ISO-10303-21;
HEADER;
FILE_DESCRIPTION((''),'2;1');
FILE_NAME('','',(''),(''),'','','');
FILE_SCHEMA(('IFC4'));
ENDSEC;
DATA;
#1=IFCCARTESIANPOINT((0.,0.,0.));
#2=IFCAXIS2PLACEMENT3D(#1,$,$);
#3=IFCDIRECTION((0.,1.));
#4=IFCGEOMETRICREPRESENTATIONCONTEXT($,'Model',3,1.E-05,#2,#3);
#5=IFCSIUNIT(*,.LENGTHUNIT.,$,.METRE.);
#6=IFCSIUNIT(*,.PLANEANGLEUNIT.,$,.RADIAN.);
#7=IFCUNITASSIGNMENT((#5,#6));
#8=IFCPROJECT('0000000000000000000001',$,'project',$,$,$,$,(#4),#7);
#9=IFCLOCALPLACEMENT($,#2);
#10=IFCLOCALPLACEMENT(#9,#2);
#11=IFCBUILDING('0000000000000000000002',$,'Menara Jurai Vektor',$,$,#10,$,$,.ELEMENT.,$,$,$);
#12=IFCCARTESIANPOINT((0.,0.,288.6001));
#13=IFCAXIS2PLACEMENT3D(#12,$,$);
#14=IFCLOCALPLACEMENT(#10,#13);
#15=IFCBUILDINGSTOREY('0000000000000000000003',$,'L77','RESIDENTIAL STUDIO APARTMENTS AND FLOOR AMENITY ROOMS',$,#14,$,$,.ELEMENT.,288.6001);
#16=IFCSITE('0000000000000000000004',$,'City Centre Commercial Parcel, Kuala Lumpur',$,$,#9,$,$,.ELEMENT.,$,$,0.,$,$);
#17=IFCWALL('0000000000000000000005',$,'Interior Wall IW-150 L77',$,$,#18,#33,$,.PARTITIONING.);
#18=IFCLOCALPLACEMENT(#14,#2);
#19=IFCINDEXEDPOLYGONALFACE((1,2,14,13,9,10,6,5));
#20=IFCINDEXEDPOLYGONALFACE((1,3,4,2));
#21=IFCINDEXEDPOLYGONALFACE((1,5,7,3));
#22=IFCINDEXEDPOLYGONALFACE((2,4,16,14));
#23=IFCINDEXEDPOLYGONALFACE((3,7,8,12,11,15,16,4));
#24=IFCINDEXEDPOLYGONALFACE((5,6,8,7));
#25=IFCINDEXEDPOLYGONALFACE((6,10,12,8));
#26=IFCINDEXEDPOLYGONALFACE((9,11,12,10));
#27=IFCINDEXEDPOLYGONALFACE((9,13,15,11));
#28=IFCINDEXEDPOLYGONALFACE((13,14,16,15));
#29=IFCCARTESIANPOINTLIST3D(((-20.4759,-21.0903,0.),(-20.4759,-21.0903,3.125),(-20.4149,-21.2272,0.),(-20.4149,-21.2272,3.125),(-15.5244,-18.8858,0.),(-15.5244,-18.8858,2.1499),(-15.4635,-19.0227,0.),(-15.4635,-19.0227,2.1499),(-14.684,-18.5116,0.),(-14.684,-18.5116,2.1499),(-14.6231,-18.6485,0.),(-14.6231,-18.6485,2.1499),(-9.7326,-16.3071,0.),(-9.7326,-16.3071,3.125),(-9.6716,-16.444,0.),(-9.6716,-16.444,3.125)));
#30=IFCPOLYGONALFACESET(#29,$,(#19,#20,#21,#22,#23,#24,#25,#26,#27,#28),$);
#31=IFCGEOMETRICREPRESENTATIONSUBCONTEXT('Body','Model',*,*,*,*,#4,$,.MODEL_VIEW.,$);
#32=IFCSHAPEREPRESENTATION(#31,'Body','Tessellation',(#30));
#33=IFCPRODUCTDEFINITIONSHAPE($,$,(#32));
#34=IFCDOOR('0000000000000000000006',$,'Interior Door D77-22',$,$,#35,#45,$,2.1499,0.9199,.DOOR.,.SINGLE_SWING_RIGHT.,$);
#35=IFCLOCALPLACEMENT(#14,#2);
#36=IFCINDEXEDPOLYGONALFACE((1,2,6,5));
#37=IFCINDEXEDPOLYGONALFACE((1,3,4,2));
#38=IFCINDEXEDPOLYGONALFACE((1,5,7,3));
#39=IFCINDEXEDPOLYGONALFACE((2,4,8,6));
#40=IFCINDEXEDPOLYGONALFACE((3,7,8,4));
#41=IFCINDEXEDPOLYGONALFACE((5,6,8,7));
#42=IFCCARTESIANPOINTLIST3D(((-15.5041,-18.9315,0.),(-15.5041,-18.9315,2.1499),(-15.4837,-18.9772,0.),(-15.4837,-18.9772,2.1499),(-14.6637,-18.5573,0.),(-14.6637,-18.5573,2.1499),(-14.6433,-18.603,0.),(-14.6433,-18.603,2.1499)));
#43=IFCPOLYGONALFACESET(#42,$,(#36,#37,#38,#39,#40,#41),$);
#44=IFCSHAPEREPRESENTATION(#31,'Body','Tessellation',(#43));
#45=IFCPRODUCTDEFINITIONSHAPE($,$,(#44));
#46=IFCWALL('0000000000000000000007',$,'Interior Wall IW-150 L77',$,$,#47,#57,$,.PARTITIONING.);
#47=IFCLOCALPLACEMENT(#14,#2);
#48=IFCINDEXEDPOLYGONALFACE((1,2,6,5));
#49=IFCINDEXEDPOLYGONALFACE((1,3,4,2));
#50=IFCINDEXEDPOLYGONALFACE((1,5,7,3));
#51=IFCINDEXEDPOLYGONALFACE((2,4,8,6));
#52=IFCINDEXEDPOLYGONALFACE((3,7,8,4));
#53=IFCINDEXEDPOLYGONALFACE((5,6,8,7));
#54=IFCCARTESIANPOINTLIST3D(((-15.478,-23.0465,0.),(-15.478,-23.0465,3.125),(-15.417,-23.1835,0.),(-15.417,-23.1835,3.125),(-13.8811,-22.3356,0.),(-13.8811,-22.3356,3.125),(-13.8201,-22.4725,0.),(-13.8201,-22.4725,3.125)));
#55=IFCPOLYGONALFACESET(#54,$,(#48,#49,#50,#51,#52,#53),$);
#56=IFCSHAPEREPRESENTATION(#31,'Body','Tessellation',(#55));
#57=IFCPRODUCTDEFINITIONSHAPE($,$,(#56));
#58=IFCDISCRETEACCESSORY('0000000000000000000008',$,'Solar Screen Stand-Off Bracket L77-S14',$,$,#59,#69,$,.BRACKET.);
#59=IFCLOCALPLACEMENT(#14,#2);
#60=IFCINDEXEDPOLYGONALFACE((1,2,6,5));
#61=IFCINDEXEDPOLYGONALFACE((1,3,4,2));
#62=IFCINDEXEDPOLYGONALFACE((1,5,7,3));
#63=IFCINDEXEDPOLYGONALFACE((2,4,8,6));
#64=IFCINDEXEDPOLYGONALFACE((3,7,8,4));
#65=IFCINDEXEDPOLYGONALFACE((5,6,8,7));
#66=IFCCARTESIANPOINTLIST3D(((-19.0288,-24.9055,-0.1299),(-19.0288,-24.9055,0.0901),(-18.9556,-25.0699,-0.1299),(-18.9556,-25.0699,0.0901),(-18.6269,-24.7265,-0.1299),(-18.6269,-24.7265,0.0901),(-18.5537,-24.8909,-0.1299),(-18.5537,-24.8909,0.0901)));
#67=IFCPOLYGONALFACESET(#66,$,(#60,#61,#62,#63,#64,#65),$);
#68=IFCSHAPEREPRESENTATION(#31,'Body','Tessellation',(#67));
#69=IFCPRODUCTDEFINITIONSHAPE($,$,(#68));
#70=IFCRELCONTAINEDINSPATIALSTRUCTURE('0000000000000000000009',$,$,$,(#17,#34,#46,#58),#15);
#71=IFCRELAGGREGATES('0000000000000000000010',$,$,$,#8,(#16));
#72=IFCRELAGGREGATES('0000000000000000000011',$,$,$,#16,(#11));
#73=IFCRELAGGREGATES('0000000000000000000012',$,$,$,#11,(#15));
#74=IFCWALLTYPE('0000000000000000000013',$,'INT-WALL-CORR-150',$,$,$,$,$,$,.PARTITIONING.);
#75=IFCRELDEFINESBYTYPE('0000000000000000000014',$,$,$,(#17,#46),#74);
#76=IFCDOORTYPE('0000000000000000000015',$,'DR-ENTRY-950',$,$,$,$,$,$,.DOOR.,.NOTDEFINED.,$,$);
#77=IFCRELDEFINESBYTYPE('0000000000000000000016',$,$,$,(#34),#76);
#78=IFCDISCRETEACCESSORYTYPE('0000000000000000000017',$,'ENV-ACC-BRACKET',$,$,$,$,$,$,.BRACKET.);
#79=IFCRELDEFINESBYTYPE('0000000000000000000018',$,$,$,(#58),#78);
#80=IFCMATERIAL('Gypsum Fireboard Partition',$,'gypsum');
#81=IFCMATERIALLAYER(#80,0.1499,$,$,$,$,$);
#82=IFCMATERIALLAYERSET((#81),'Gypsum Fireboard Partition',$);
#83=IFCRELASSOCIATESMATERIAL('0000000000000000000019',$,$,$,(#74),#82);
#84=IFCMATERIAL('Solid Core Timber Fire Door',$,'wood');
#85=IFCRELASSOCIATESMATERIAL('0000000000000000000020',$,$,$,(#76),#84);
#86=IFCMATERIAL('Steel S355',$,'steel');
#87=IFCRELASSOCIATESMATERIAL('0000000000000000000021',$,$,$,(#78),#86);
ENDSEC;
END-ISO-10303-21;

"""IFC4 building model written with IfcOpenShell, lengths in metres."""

from ifc_helpers import new_model, si_unit, direction, frame, frame_2d, origin, origin_2d, place, context, subcontext, project, spatial, rectangle, extrude, material, layer, layer_set, type_object, element, fill, save


model = new_model("IFC4")

# Units and contexts
model_context = context("Model", 3, precision=1e-05, world=origin(), true_north=direction((0.0, 1.0)))
body_context = subcontext(model_context, "Body", "Model", "MODEL_VIEW")
ifc_project = project(units=[si_unit("LENGTHUNIT", "METRE"), si_unit("PLANEANGLEUNIT", "RADIAN")], contexts=[model_context])

# Site, building, storey
site_placement = place(None, origin())
site = spatial("IfcSite", under=ifc_project, at=site_placement, Name="City Centre Commercial Parcel, Kuala Lumpur", CompositionType="ELEMENT", RefElevation=0.0)
building_placement = place(site_placement, origin())
building = spatial("IfcBuilding", under=site, at=building_placement, Name="Menara Jurai Vektor", CompositionType="ELEMENT")
storey_placement = place(building_placement, frame((0.0, 0.0, 288.6001)))
storey = spatial("IfcBuildingStorey", under=building, at=storey_placement, Name="L77", Description="RESIDENTIAL STUDIO APARTMENTS AND FLOOR AMENITY ROOMS", CompositionType="ELEMENT", Elevation=288.6001)

# Shared definitions
ifc_material_1 = material(Name="Steel S355", Category="steel")

# Shared definitions
ifc_material_2 = material(Name="Gypsum Fireboard Partition", Category="gypsum")
ifc_layer_1 = layer(ifc_material_2, 0.1499)
ifc_layer_set_1 = layer_set([ifc_layer_1], Name="Gypsum Fireboard Partition")
wall_type = type_object("IfcWallType", Name="INT-WALL-CORR-150", PredefinedType="PARTITIONING", material=ifc_layer_set_1)
ifc_material_3 = material(Name="Solid Core Timber Fire Door", Category="wood")
door_type_1 = type_object("IfcDoorType", Name="DR-ENTRY-950", OperationType="NOTDEFINED", PredefinedType="DOOR", material=ifc_material_3)

# Wall, opening, door
wall_1_placement = place(storey_placement, frame((-20.4453, -21.1587, 0.0), z_axis=(0.0, 0.0, 1.0), x_axis=(0.913548, 0.406732, 0.0)))
wall_1 = element("IfcWall", 1, at=wall_1_placement, inside=storey, type_object=wall_type, Name="Interior Wall IW-150 L77", PredefinedType="PARTITIONING", context=body_context, shape_type="SweptSolid", body=[
    extrude(rectangle(XDim=11.76, YDim=0.1499, at=frame_2d((5.8799, 0.0))), origin(), (0.0, 0.0, 1.0), 3.125),
])
opening_1_placement = place(wall_1_placement, frame((5.4199, 0.0, 0.0)))
opening_1 = element("IfcOpeningElement", 2, at=opening_1_placement, cuts=wall_1, PredefinedType="OPENING", context=body_context, shape_type="SweptSolid", body=[
    extrude(rectangle(XDim=0.9199, YDim=2.1499, at=frame_2d((0.46, 1.075))), frame((0.0, 0.085, 0.0), z_axis=(0.0, -1.0, 0.0), x_axis=(1.0, 0.0, 0.0)), (0.0, 0.0, 1.0), 0.1699),
])
door_1_placement = place(opening_1_placement, origin())
door_1 = element("IfcDoor", 3, at=door_1_placement, inside=storey, type_object=door_type_1, Name="Interior Door D77-22", OperationType="SINGLE_SWING_RIGHT", OverallHeight=2.1499, OverallWidth=0.9199, PredefinedType="DOOR", context=body_context, shape_type="SweptSolid", body=[
    extrude(rectangle(XDim=0.9199, YDim=2.1499, at=frame_2d((0.46, 1.075))), frame((0.0, 0.0249, 0.0), z_axis=(0.0, -1.0, 0.0), x_axis=(1.0, 0.0, 0.0)), (0.0, 0.0, 1.0), 0.05),
])
fill(opening_1, door_1)

# Wall
wall_2_placement = place(storey_placement, frame((-15.4475, -23.115, 0.0), z_axis=(0.0, 0.0, 1.0), x_axis=(0.913558, 0.406709, 0.0)))
element("IfcWall", 4, at=wall_2_placement, inside=storey, type_object=wall_type, Name="Interior Wall IW-150 L77", PredefinedType="PARTITIONING", context=body_context, shape_type="SweptSolid", body=[
    extrude(rectangle(XDim=1.748, YDim=0.1499, at=frame_2d((0.874, 0.0))), origin(), (0.0, 0.0, 1.0), 3.125),
])

# Discrete accessory
discrete_accessory_type = type_object("IfcDiscreteAccessoryType", Name="ENV-ACC-BRACKET", PredefinedType="BRACKET", material=ifc_material_1)
discrete_accessory_placement = place(storey_placement, frame((-18.7913, -24.8982, -0.1299), z_axis=(0.0, 0.0, 1.0), x_axis=(0.406737, -0.913545, 0.0)))
element("IfcDiscreteAccessory", 5, at=discrete_accessory_placement, inside=storey, type_object=discrete_accessory_type, Name="Solar Screen Stand-Off Bracket L77-S14", PredefinedType="BRACKET", context=body_context, shape_type="SweptSolid", body=[
    extrude(rectangle(XDim=0.1799, YDim=0.4399, at=origin_2d()), origin(), (0.0, 0.0, 1.0), 0.22),
])

save(model, "model.ifc")
